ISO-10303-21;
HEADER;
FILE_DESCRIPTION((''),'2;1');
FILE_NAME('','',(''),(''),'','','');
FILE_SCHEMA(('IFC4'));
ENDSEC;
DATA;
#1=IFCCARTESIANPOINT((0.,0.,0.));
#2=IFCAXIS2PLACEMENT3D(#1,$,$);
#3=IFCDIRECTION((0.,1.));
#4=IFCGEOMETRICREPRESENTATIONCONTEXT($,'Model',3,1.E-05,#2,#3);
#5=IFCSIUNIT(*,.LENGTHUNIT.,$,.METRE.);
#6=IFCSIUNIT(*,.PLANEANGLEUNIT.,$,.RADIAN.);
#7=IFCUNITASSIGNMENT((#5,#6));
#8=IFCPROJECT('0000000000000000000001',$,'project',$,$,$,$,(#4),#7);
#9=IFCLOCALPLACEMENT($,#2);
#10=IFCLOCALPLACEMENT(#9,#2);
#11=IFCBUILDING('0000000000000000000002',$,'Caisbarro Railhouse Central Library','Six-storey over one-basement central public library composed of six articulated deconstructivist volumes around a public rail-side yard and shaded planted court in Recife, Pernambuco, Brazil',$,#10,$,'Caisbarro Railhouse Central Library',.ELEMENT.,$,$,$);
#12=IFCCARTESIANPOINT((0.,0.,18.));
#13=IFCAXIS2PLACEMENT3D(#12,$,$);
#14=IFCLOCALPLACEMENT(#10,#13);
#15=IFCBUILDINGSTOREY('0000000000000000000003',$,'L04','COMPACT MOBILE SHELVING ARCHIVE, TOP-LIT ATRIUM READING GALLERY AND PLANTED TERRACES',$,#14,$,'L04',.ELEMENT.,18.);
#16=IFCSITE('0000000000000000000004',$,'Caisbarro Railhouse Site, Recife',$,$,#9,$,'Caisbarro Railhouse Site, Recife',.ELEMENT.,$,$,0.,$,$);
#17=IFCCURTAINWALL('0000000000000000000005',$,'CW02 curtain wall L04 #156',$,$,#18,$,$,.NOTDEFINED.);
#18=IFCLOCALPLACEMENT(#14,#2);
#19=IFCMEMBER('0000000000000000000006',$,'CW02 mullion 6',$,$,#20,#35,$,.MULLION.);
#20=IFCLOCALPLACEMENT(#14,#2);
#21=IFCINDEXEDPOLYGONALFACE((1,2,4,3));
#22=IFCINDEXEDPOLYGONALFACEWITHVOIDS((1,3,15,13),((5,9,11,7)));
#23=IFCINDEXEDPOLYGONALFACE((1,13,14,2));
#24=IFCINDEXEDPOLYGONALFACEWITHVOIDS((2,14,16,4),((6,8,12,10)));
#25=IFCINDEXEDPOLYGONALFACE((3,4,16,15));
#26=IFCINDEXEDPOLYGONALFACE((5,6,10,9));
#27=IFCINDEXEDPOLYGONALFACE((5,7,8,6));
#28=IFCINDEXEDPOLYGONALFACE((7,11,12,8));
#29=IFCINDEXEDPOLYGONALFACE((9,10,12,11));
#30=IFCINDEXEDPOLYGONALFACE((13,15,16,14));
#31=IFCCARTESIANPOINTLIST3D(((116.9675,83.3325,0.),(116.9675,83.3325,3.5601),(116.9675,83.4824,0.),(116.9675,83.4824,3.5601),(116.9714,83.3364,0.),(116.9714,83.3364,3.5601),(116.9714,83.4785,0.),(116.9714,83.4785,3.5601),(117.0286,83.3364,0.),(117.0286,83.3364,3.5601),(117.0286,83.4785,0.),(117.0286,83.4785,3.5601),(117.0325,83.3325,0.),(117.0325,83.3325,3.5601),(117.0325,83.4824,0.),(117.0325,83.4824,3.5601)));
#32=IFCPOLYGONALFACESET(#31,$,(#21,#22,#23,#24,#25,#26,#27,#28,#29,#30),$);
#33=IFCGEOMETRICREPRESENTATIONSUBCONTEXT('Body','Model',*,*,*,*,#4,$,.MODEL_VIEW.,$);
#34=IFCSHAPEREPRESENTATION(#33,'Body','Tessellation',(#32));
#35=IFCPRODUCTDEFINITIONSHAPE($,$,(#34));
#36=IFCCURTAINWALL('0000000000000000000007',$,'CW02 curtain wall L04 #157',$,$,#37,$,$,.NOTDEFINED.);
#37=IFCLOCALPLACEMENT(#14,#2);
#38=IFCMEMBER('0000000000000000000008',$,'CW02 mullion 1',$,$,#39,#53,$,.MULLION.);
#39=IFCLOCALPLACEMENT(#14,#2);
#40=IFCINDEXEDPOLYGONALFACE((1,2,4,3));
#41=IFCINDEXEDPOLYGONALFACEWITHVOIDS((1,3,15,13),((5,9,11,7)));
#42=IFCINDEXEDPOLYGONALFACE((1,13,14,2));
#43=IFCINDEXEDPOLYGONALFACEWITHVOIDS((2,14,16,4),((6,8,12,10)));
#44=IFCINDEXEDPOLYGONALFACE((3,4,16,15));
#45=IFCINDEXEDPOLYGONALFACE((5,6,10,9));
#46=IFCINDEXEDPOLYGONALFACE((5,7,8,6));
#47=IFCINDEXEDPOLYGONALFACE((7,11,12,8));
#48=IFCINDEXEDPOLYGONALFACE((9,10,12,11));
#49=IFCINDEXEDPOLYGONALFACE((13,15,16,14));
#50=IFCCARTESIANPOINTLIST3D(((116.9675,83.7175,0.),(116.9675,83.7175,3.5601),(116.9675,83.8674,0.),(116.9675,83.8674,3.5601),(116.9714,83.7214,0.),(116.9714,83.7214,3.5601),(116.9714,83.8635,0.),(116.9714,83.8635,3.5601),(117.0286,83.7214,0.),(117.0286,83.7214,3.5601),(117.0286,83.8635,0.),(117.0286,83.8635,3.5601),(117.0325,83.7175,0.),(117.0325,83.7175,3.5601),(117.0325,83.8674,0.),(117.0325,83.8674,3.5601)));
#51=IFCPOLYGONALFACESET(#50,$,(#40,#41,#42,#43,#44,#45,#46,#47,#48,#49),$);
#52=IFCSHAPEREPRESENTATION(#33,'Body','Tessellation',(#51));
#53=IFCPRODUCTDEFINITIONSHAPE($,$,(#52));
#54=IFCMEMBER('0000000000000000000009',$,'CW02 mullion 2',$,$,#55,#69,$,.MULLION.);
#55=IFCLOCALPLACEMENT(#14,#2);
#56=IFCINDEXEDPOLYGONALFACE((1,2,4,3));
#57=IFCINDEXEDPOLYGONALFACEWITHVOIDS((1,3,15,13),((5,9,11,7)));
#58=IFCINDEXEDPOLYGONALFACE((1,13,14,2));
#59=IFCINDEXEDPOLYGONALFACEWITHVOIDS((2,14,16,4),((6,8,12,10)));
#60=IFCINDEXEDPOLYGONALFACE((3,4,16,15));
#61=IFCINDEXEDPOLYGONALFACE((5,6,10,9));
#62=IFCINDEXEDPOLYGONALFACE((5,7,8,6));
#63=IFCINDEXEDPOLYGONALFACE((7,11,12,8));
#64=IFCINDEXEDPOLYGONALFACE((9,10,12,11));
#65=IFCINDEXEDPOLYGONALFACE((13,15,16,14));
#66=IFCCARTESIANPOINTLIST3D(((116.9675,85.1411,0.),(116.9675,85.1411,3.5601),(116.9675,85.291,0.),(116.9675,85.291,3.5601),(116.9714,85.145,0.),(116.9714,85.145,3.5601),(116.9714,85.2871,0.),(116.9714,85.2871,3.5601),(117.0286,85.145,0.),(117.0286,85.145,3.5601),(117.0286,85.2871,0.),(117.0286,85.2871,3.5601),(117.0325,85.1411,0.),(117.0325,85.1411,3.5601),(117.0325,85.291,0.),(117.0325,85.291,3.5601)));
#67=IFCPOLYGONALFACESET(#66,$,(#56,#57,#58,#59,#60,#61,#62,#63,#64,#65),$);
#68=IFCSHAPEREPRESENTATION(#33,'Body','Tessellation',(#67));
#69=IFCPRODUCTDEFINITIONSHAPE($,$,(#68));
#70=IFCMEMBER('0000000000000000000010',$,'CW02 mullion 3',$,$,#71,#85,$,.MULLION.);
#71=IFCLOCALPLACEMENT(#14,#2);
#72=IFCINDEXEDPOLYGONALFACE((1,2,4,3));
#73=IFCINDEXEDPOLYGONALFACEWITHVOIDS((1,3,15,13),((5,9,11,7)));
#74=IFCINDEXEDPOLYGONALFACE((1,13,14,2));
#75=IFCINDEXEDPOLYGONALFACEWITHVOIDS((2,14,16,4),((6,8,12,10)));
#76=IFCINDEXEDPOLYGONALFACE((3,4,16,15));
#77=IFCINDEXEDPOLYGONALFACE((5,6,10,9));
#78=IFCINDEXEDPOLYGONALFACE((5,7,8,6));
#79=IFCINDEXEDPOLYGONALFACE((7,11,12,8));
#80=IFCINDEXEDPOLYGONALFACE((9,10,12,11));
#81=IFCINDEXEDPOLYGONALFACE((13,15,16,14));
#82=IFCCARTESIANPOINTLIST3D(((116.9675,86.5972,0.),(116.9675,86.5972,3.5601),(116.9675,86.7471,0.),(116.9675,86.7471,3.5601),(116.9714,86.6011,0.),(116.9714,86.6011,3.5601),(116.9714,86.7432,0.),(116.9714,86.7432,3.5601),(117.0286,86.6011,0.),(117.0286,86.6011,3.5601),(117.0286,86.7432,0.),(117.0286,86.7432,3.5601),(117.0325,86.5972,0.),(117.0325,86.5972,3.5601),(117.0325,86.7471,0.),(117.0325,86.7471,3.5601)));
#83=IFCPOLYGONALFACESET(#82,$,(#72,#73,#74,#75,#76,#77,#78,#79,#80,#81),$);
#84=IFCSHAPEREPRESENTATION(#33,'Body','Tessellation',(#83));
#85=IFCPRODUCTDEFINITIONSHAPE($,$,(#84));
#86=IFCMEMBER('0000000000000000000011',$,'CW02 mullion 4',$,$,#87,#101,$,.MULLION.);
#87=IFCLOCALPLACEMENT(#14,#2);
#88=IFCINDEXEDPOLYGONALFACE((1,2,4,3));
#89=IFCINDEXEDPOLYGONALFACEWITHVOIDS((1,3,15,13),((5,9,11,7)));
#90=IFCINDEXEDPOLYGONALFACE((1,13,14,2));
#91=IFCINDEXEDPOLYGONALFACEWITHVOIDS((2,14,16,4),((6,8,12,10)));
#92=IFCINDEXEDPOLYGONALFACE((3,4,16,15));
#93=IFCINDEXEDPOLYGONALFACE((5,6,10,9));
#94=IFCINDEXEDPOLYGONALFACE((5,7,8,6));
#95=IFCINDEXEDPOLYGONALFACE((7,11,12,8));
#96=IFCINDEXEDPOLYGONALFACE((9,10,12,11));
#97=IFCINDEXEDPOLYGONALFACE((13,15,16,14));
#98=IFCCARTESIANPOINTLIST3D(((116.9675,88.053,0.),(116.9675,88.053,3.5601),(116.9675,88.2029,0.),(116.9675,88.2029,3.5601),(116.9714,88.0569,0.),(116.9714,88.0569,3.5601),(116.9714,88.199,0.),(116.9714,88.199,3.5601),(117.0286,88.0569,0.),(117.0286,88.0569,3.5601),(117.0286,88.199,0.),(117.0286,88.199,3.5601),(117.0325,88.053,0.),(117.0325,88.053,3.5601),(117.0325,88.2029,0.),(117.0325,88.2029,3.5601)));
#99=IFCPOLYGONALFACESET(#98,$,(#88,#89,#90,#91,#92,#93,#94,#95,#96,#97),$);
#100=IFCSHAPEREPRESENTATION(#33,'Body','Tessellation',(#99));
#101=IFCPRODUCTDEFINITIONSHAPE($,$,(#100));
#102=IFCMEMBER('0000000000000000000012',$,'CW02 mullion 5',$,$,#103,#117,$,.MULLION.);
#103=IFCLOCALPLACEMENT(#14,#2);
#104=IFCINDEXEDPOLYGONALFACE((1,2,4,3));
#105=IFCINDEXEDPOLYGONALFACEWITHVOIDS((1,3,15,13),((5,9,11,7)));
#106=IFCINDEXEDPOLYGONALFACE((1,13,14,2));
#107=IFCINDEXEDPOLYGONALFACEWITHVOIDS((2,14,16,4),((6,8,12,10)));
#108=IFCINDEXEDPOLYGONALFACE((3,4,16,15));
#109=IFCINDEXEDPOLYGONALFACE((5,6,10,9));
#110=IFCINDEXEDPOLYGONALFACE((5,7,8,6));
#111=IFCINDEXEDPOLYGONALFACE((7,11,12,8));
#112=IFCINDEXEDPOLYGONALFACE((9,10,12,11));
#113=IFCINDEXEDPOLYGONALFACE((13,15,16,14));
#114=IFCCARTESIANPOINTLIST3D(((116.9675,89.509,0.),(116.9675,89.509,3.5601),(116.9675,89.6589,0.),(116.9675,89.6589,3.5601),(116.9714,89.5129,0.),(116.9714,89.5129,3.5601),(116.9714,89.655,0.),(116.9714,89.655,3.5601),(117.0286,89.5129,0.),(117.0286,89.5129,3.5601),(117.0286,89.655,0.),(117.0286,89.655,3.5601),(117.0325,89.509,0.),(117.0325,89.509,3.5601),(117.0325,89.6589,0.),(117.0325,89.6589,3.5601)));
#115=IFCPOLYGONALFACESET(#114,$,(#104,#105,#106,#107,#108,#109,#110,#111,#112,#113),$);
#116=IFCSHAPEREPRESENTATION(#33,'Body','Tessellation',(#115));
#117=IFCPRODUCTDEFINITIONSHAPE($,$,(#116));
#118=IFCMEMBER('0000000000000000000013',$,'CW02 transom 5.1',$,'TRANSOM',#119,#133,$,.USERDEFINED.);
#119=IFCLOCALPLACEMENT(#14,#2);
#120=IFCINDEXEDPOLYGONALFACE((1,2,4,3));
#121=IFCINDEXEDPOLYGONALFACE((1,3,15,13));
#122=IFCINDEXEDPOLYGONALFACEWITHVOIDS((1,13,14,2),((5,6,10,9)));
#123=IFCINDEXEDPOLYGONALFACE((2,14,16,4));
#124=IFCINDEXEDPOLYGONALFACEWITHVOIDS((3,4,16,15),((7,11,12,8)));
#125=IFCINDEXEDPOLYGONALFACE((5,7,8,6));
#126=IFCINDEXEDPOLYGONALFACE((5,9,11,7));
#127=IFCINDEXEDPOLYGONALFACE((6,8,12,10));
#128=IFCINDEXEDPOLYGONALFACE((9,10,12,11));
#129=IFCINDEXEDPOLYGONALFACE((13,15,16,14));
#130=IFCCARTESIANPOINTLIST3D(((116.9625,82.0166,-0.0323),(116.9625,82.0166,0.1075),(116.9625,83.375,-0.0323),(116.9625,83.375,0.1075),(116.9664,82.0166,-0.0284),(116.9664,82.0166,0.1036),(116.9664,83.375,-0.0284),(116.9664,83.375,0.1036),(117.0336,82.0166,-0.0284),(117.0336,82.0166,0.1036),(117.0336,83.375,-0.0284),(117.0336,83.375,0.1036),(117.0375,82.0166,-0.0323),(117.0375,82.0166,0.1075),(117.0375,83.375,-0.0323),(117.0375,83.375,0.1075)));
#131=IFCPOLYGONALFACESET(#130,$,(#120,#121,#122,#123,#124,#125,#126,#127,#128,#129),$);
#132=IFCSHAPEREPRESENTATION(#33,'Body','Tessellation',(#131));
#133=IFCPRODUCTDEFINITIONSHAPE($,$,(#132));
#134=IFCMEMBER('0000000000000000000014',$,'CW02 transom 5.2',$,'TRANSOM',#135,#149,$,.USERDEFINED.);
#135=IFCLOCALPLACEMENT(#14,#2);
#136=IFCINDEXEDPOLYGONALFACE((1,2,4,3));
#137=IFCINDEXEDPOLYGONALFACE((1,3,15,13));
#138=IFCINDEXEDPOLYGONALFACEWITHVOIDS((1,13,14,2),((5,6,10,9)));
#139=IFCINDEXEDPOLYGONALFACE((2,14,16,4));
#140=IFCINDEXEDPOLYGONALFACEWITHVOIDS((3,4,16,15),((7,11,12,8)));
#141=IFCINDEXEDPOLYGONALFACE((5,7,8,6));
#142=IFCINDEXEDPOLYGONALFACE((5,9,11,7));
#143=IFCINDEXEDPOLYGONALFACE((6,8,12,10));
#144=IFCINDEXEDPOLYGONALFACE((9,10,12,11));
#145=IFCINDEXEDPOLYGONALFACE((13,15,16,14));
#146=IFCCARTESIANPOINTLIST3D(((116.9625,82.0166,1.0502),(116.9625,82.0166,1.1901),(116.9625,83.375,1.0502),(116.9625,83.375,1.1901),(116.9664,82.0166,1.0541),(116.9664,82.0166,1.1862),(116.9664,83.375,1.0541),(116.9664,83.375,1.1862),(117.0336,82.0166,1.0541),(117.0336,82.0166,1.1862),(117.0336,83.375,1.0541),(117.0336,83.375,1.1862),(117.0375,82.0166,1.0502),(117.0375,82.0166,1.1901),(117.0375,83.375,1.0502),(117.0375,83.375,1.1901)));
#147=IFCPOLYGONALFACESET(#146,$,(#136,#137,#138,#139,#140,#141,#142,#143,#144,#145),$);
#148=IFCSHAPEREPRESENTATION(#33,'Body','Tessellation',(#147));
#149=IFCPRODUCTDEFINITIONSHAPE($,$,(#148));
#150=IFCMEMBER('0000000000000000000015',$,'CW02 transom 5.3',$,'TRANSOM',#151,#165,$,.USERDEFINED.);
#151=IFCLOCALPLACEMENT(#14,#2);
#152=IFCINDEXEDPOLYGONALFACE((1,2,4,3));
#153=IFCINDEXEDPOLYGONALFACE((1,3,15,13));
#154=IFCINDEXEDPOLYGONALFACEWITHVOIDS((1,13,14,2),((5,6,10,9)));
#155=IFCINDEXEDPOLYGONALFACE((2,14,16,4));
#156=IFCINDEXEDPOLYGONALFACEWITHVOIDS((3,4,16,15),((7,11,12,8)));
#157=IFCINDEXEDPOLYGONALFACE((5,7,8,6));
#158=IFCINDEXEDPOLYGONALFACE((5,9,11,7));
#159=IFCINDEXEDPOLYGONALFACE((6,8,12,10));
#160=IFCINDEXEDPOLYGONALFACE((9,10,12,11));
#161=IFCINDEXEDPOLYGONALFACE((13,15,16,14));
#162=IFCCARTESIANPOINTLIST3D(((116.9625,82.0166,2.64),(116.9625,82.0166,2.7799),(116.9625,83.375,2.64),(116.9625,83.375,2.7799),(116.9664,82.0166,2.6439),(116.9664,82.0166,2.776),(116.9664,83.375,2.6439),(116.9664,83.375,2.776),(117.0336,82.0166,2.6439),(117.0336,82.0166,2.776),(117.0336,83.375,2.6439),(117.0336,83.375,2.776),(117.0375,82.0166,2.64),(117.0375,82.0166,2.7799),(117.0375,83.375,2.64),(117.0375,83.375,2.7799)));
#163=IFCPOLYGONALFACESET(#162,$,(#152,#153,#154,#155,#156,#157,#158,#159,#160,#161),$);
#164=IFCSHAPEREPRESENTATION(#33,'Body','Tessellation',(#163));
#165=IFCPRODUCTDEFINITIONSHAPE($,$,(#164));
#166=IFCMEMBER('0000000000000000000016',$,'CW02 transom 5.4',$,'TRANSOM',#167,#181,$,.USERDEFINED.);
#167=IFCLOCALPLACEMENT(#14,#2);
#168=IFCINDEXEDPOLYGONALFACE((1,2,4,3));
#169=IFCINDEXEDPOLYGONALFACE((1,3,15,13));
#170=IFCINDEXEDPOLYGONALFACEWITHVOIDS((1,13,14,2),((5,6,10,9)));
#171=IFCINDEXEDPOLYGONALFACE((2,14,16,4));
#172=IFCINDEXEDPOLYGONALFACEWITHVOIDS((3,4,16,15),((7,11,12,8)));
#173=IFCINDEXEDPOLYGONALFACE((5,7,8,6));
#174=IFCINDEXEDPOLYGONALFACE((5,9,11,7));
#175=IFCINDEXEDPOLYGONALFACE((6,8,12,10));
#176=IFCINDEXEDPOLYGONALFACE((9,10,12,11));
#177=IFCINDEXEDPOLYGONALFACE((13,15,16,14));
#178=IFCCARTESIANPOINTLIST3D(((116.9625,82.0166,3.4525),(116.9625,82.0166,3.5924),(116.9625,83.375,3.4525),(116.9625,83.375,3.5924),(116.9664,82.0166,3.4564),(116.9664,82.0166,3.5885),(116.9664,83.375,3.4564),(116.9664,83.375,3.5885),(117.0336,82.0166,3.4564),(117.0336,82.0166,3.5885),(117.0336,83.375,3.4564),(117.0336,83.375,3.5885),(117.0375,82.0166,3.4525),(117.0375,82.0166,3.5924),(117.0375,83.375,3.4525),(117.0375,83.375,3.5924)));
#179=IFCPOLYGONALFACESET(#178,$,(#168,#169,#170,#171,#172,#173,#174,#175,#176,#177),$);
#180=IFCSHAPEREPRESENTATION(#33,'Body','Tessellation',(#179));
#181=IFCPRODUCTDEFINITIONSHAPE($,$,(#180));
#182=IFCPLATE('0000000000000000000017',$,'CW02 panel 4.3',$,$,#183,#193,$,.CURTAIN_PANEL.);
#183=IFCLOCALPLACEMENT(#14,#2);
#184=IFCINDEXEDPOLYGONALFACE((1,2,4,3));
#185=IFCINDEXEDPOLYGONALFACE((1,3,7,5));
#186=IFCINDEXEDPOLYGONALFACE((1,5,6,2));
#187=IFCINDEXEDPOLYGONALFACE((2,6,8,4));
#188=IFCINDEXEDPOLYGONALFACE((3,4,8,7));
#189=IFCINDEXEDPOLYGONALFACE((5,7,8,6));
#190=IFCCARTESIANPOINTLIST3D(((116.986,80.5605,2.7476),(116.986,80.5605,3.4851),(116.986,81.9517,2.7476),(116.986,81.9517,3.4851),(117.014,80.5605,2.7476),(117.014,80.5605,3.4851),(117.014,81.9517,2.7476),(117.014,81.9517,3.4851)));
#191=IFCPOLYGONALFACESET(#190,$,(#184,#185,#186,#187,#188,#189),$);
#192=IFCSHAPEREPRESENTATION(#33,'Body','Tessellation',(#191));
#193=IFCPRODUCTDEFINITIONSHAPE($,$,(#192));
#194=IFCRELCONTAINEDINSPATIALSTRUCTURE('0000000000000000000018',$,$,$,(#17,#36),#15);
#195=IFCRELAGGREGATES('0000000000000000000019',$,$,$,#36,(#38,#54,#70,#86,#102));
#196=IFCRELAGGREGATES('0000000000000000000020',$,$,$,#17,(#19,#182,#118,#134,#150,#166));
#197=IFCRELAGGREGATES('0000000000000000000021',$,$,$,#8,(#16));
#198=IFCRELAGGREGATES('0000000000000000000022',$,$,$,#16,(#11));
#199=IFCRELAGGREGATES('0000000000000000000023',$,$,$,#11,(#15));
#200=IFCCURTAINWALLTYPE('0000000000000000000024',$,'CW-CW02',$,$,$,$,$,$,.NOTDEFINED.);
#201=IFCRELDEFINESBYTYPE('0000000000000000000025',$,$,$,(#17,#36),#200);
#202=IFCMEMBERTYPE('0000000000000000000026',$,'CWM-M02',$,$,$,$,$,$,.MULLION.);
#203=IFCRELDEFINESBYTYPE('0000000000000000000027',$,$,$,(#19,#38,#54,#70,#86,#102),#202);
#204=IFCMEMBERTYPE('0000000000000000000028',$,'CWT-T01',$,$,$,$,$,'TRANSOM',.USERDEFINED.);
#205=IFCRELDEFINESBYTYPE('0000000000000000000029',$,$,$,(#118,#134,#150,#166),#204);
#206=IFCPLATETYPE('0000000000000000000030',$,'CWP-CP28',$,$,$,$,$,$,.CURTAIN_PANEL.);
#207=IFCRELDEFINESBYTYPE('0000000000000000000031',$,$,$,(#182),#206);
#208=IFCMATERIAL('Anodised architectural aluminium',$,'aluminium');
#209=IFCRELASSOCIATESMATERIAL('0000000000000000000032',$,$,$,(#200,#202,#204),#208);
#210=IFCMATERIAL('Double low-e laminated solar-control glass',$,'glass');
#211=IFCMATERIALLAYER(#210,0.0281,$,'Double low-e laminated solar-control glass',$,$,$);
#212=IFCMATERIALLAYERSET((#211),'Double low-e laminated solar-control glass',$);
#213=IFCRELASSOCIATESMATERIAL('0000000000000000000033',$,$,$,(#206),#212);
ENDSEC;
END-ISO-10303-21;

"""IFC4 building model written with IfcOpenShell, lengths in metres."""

from ifc_helpers import new_model, si_unit, direction, frame, origin, origin_2d, place, context, subcontext, project, spatial, rectangle, hollow_rectangle, extrude, material, layer, layer_set, material_profile, profile_set, type_object, element, aggregate, save


model = new_model("IFC4")

# Units and contexts
model_context = context("Model", 3, precision=1e-05, world=origin(), true_north=direction((0.0, 1.0)))
body_context = subcontext(model_context, "Body", "Model", "MODEL_VIEW")
ifc_project = project(units=[si_unit("LENGTHUNIT", "METRE"), si_unit("PLANEANGLEUNIT", "RADIAN")], contexts=[model_context])

# Site, building, storey
site_placement = place(None, origin())
site = spatial("IfcSite", under=ifc_project, at=site_placement, Name="Caisbarro Railhouse Site, Recife", LongName="Caisbarro Railhouse Site, Recife", CompositionType="ELEMENT", RefElevation=0.0)
building_placement = place(site_placement, origin())
building = spatial("IfcBuilding", under=site, at=building_placement, Name="Caisbarro Railhouse Central Library", Description="Six-storey over one-basement central public library composed of six articulated deconstructivist volumes around a public rail-side yard and shaded planted court in Recife, Pernambuco, Brazil", LongName="Caisbarro Railhouse Central Library", CompositionType="ELEMENT")
storey_placement = place(building_placement, frame((0.0, 0.0, 18.0)))
storey = spatial("IfcBuildingStorey", under=building, at=storey_placement, Name="L04", Description="COMPACT MOBILE SHELVING ARCHIVE, TOP-LIT ATRIUM READING GALLERY AND PLANTED TERRACES", LongName="L04", CompositionType="ELEMENT", Elevation=18.0)

# Curtain walls, members
ifc_material_1 = material(Name="Anodised architectural aluminium", Category="aluminium")
curtain_wall_type = type_object("IfcCurtainWallType", Name="CW-CW02", PredefinedType="NOTDEFINED", material=ifc_material_1)
curtain_wall_1_placement = place(storey_placement, origin())
curtain_wall_1 = element("IfcCurtainWall", 1, at=curtain_wall_1_placement, inside=storey, type_object=curtain_wall_type, Name="CW02 curtain wall L04 #156", PredefinedType="NOTDEFINED")
ifc_material_profile_1 = material_profile(ifc_material_1, hollow_rectangle(XDim=0.0649, YDim=0.1499, WallThickness=0.0039, at=origin_2d()), Name="ALU-MUL-65X150")
ifc_profile_set_1 = profile_set([ifc_material_profile_1], Name="Anodised architectural aluminium")
member_type_1 = type_object("IfcMemberType", Name="CWM-M02", PredefinedType="MULLION", material=ifc_profile_set_1)
member_1_placement = place(storey_placement, frame((117.0, 83.4075, 0.0), z_axis=(0.0, 0.0, 1.0), x_axis=(-1.0, 0.0, 0.0)))
member_1 = element("IfcMember", 2, at=member_1_placement, type_object=member_type_1, Name="CW02 mullion 6", PredefinedType="MULLION", context=body_context, shape_type="SweptSolid", body=[
    extrude(hollow_rectangle(XDim=0.0649, YDim=0.1499, WallThickness=0.0039, at=origin_2d()), origin(), (0.0, 0.0, 1.0), 3.5601),
])
curtain_wall_2_placement = place(storey_placement, origin())
curtain_wall_2 = element("IfcCurtainWall", 3, at=curtain_wall_2_placement, inside=storey, type_object=curtain_wall_type, Name="CW02 curtain wall L04 #157", PredefinedType="NOTDEFINED")
member_2_placement = place(storey_placement, frame((117.0, 83.7925, 0.0), z_axis=(0.0, 0.0, 1.0), x_axis=(-1.0, 0.0, 0.0)))
member_2 = element("IfcMember", 4, at=member_2_placement, type_object=member_type_1, Name="CW02 mullion 1", PredefinedType="MULLION", context=body_context, shape_type="SweptSolid", body=[
    extrude(hollow_rectangle(XDim=0.0649, YDim=0.1499, WallThickness=0.0039, at=origin_2d()), origin(), (0.0, 0.0, 1.0), 3.5601),
])
member_3_placement = place(storey_placement, frame((117.0, 85.2161, 0.0), z_axis=(0.0, 0.0, 1.0), x_axis=(-1.0, 0.0, 0.0)))
member_3 = element("IfcMember", 5, at=member_3_placement, type_object=member_type_1, Name="CW02 mullion 2", PredefinedType="MULLION", context=body_context, shape_type="SweptSolid", body=[
    extrude(hollow_rectangle(XDim=0.0649, YDim=0.1499, WallThickness=0.0039, at=origin_2d()), origin(), (0.0, 0.0, 1.0), 3.5601),
])
member_4_placement = place(storey_placement, frame((117.0, 86.6721, 0.0), z_axis=(0.0, 0.0, 1.0), x_axis=(-1.0, 0.0, 0.0)))
member_4 = element("IfcMember", 6, at=member_4_placement, type_object=member_type_1, Name="CW02 mullion 3", PredefinedType="MULLION", context=body_context, shape_type="SweptSolid", body=[
    extrude(hollow_rectangle(XDim=0.0649, YDim=0.1499, WallThickness=0.0039, at=origin_2d()), origin(), (0.0, 0.0, 1.0), 3.5601),
])
member_5_placement = place(storey_placement, frame((117.0, 88.1279, 0.0), z_axis=(0.0, 0.0, 1.0), x_axis=(-1.0, 0.0, 0.0)))
member_5 = element("IfcMember", 7, at=member_5_placement, type_object=member_type_1, Name="CW02 mullion 4", PredefinedType="MULLION", context=body_context, shape_type="SweptSolid", body=[
    extrude(hollow_rectangle(XDim=0.0649, YDim=0.1499, WallThickness=0.0039, at=origin_2d()), origin(), (0.0, 0.0, 1.0), 3.5601),
])
member_6_placement = place(storey_placement, frame((117.0, 89.584, 0.0), z_axis=(0.0, 0.0, 1.0), x_axis=(-1.0, 0.0, 0.0)))
member_6 = element("IfcMember", 8, at=member_6_placement, type_object=member_type_1, Name="CW02 mullion 5", PredefinedType="MULLION", context=body_context, shape_type="SweptSolid", body=[
    extrude(hollow_rectangle(XDim=0.0649, YDim=0.1499, WallThickness=0.0039, at=origin_2d()), origin(), (0.0, 0.0, 1.0), 3.5601),
])
aggregate(curtain_wall_2, [member_2, member_3, member_4, member_5, member_6])

# Members
ifc_material_profile_2 = material_profile(ifc_material_1, hollow_rectangle(XDim=0.075, YDim=0.1399, WallThickness=0.0039, at=origin_2d()), Name="ALU-TRN-75X140")
ifc_profile_set_2 = profile_set([ifc_material_profile_2], Name="Anodised architectural aluminium")
member_type_2 = type_object("IfcMemberType", Name="CWT-T01", ElementType="TRANSOM", PredefinedType="USERDEFINED", material=ifc_profile_set_2)
member_7_placement = place(storey_placement, frame((117.0, 82.0166, 0.0376), z_axis=(0.0, 1.0, 0.0), x_axis=(-1.0, 0.0, 0.0)))
member_7 = element("IfcMember", 9, at=member_7_placement, type_object=member_type_2, Name="CW02 transom 5.1", ObjectType="TRANSOM", PredefinedType="USERDEFINED", context=body_context, shape_type="SweptSolid", body=[
    extrude(hollow_rectangle(XDim=0.075, YDim=0.1399, WallThickness=0.0039, at=origin_2d()), origin(), (0.0, 0.0, 1.0), 1.3584),
])
member_8_placement = place(storey_placement, frame((117.0, 82.0166, 1.1201), z_axis=(0.0, 1.0, 0.0), x_axis=(-1.0, 0.0, 0.0)))
member_8 = element("IfcMember", 10, at=member_8_placement, type_object=member_type_2, Name="CW02 transom 5.2", ObjectType="TRANSOM", PredefinedType="USERDEFINED", context=body_context, shape_type="SweptSolid", body=[
    extrude(hollow_rectangle(XDim=0.075, YDim=0.1399, WallThickness=0.0039, at=origin_2d()), origin(), (0.0, 0.0, 1.0), 1.3584),
])
member_9_placement = place(storey_placement, frame((117.0, 82.0166, 2.71), z_axis=(0.0, 1.0, 0.0), x_axis=(-1.0, 0.0, 0.0)))
member_9 = element("IfcMember", 11, at=member_9_placement, type_object=member_type_2, Name="CW02 transom 5.3", ObjectType="TRANSOM", PredefinedType="USERDEFINED", context=body_context, shape_type="SweptSolid", body=[
    extrude(hollow_rectangle(XDim=0.075, YDim=0.1399, WallThickness=0.0039, at=origin_2d()), origin(), (0.0, 0.0, 1.0), 1.3584),
])
member_10_placement = place(storey_placement, frame((117.0, 82.0166, 3.5225), z_axis=(0.0, 1.0, 0.0), x_axis=(-1.0, 0.0, 0.0)))
member_10 = element("IfcMember", 12, at=member_10_placement, type_object=member_type_2, Name="CW02 transom 5.4", ObjectType="TRANSOM", PredefinedType="USERDEFINED", context=body_context, shape_type="SweptSolid", body=[
    extrude(hollow_rectangle(XDim=0.075, YDim=0.1399, WallThickness=0.0039, at=origin_2d()), origin(), (0.0, 0.0, 1.0), 1.3584),
])

# Plate
ifc_material_2 = material(Name="Double low-e laminated solar-control glass", Category="glass")
ifc_layer_1 = layer(ifc_material_2, 0.0281, Name="Double low-e laminated solar-control glass")
ifc_layer_set_1 = layer_set([ifc_layer_1], Name="Double low-e laminated solar-control glass")
plate_type_1 = type_object("IfcPlateType", Name="CWP-CP28", PredefinedType="CURTAIN_PANEL", material=ifc_layer_set_1)
plate_1_placement = place(storey_placement, frame((117.0, 81.2561, 2.7476), z_axis=(0.0, 0.0, 1.0), x_axis=(0.0, 1.0, 0.0)))
plate_1 = element("IfcPlate", 13, at=plate_1_placement, type_object=plate_type_1, Name="CW02 panel 4.3", PredefinedType="CURTAIN_PANEL", context=body_context, shape_type="SweptSolid", body=[
    extrude(rectangle(XDim=1.3911, YDim=0.0281, at=origin_2d()), origin(), (0.0, 0.0, 1.0), 0.7375),
])
aggregate(curtain_wall_1, [member_1, plate_1, member_7, member_8, member_9, member_10])

save(model, "model.ifc")
